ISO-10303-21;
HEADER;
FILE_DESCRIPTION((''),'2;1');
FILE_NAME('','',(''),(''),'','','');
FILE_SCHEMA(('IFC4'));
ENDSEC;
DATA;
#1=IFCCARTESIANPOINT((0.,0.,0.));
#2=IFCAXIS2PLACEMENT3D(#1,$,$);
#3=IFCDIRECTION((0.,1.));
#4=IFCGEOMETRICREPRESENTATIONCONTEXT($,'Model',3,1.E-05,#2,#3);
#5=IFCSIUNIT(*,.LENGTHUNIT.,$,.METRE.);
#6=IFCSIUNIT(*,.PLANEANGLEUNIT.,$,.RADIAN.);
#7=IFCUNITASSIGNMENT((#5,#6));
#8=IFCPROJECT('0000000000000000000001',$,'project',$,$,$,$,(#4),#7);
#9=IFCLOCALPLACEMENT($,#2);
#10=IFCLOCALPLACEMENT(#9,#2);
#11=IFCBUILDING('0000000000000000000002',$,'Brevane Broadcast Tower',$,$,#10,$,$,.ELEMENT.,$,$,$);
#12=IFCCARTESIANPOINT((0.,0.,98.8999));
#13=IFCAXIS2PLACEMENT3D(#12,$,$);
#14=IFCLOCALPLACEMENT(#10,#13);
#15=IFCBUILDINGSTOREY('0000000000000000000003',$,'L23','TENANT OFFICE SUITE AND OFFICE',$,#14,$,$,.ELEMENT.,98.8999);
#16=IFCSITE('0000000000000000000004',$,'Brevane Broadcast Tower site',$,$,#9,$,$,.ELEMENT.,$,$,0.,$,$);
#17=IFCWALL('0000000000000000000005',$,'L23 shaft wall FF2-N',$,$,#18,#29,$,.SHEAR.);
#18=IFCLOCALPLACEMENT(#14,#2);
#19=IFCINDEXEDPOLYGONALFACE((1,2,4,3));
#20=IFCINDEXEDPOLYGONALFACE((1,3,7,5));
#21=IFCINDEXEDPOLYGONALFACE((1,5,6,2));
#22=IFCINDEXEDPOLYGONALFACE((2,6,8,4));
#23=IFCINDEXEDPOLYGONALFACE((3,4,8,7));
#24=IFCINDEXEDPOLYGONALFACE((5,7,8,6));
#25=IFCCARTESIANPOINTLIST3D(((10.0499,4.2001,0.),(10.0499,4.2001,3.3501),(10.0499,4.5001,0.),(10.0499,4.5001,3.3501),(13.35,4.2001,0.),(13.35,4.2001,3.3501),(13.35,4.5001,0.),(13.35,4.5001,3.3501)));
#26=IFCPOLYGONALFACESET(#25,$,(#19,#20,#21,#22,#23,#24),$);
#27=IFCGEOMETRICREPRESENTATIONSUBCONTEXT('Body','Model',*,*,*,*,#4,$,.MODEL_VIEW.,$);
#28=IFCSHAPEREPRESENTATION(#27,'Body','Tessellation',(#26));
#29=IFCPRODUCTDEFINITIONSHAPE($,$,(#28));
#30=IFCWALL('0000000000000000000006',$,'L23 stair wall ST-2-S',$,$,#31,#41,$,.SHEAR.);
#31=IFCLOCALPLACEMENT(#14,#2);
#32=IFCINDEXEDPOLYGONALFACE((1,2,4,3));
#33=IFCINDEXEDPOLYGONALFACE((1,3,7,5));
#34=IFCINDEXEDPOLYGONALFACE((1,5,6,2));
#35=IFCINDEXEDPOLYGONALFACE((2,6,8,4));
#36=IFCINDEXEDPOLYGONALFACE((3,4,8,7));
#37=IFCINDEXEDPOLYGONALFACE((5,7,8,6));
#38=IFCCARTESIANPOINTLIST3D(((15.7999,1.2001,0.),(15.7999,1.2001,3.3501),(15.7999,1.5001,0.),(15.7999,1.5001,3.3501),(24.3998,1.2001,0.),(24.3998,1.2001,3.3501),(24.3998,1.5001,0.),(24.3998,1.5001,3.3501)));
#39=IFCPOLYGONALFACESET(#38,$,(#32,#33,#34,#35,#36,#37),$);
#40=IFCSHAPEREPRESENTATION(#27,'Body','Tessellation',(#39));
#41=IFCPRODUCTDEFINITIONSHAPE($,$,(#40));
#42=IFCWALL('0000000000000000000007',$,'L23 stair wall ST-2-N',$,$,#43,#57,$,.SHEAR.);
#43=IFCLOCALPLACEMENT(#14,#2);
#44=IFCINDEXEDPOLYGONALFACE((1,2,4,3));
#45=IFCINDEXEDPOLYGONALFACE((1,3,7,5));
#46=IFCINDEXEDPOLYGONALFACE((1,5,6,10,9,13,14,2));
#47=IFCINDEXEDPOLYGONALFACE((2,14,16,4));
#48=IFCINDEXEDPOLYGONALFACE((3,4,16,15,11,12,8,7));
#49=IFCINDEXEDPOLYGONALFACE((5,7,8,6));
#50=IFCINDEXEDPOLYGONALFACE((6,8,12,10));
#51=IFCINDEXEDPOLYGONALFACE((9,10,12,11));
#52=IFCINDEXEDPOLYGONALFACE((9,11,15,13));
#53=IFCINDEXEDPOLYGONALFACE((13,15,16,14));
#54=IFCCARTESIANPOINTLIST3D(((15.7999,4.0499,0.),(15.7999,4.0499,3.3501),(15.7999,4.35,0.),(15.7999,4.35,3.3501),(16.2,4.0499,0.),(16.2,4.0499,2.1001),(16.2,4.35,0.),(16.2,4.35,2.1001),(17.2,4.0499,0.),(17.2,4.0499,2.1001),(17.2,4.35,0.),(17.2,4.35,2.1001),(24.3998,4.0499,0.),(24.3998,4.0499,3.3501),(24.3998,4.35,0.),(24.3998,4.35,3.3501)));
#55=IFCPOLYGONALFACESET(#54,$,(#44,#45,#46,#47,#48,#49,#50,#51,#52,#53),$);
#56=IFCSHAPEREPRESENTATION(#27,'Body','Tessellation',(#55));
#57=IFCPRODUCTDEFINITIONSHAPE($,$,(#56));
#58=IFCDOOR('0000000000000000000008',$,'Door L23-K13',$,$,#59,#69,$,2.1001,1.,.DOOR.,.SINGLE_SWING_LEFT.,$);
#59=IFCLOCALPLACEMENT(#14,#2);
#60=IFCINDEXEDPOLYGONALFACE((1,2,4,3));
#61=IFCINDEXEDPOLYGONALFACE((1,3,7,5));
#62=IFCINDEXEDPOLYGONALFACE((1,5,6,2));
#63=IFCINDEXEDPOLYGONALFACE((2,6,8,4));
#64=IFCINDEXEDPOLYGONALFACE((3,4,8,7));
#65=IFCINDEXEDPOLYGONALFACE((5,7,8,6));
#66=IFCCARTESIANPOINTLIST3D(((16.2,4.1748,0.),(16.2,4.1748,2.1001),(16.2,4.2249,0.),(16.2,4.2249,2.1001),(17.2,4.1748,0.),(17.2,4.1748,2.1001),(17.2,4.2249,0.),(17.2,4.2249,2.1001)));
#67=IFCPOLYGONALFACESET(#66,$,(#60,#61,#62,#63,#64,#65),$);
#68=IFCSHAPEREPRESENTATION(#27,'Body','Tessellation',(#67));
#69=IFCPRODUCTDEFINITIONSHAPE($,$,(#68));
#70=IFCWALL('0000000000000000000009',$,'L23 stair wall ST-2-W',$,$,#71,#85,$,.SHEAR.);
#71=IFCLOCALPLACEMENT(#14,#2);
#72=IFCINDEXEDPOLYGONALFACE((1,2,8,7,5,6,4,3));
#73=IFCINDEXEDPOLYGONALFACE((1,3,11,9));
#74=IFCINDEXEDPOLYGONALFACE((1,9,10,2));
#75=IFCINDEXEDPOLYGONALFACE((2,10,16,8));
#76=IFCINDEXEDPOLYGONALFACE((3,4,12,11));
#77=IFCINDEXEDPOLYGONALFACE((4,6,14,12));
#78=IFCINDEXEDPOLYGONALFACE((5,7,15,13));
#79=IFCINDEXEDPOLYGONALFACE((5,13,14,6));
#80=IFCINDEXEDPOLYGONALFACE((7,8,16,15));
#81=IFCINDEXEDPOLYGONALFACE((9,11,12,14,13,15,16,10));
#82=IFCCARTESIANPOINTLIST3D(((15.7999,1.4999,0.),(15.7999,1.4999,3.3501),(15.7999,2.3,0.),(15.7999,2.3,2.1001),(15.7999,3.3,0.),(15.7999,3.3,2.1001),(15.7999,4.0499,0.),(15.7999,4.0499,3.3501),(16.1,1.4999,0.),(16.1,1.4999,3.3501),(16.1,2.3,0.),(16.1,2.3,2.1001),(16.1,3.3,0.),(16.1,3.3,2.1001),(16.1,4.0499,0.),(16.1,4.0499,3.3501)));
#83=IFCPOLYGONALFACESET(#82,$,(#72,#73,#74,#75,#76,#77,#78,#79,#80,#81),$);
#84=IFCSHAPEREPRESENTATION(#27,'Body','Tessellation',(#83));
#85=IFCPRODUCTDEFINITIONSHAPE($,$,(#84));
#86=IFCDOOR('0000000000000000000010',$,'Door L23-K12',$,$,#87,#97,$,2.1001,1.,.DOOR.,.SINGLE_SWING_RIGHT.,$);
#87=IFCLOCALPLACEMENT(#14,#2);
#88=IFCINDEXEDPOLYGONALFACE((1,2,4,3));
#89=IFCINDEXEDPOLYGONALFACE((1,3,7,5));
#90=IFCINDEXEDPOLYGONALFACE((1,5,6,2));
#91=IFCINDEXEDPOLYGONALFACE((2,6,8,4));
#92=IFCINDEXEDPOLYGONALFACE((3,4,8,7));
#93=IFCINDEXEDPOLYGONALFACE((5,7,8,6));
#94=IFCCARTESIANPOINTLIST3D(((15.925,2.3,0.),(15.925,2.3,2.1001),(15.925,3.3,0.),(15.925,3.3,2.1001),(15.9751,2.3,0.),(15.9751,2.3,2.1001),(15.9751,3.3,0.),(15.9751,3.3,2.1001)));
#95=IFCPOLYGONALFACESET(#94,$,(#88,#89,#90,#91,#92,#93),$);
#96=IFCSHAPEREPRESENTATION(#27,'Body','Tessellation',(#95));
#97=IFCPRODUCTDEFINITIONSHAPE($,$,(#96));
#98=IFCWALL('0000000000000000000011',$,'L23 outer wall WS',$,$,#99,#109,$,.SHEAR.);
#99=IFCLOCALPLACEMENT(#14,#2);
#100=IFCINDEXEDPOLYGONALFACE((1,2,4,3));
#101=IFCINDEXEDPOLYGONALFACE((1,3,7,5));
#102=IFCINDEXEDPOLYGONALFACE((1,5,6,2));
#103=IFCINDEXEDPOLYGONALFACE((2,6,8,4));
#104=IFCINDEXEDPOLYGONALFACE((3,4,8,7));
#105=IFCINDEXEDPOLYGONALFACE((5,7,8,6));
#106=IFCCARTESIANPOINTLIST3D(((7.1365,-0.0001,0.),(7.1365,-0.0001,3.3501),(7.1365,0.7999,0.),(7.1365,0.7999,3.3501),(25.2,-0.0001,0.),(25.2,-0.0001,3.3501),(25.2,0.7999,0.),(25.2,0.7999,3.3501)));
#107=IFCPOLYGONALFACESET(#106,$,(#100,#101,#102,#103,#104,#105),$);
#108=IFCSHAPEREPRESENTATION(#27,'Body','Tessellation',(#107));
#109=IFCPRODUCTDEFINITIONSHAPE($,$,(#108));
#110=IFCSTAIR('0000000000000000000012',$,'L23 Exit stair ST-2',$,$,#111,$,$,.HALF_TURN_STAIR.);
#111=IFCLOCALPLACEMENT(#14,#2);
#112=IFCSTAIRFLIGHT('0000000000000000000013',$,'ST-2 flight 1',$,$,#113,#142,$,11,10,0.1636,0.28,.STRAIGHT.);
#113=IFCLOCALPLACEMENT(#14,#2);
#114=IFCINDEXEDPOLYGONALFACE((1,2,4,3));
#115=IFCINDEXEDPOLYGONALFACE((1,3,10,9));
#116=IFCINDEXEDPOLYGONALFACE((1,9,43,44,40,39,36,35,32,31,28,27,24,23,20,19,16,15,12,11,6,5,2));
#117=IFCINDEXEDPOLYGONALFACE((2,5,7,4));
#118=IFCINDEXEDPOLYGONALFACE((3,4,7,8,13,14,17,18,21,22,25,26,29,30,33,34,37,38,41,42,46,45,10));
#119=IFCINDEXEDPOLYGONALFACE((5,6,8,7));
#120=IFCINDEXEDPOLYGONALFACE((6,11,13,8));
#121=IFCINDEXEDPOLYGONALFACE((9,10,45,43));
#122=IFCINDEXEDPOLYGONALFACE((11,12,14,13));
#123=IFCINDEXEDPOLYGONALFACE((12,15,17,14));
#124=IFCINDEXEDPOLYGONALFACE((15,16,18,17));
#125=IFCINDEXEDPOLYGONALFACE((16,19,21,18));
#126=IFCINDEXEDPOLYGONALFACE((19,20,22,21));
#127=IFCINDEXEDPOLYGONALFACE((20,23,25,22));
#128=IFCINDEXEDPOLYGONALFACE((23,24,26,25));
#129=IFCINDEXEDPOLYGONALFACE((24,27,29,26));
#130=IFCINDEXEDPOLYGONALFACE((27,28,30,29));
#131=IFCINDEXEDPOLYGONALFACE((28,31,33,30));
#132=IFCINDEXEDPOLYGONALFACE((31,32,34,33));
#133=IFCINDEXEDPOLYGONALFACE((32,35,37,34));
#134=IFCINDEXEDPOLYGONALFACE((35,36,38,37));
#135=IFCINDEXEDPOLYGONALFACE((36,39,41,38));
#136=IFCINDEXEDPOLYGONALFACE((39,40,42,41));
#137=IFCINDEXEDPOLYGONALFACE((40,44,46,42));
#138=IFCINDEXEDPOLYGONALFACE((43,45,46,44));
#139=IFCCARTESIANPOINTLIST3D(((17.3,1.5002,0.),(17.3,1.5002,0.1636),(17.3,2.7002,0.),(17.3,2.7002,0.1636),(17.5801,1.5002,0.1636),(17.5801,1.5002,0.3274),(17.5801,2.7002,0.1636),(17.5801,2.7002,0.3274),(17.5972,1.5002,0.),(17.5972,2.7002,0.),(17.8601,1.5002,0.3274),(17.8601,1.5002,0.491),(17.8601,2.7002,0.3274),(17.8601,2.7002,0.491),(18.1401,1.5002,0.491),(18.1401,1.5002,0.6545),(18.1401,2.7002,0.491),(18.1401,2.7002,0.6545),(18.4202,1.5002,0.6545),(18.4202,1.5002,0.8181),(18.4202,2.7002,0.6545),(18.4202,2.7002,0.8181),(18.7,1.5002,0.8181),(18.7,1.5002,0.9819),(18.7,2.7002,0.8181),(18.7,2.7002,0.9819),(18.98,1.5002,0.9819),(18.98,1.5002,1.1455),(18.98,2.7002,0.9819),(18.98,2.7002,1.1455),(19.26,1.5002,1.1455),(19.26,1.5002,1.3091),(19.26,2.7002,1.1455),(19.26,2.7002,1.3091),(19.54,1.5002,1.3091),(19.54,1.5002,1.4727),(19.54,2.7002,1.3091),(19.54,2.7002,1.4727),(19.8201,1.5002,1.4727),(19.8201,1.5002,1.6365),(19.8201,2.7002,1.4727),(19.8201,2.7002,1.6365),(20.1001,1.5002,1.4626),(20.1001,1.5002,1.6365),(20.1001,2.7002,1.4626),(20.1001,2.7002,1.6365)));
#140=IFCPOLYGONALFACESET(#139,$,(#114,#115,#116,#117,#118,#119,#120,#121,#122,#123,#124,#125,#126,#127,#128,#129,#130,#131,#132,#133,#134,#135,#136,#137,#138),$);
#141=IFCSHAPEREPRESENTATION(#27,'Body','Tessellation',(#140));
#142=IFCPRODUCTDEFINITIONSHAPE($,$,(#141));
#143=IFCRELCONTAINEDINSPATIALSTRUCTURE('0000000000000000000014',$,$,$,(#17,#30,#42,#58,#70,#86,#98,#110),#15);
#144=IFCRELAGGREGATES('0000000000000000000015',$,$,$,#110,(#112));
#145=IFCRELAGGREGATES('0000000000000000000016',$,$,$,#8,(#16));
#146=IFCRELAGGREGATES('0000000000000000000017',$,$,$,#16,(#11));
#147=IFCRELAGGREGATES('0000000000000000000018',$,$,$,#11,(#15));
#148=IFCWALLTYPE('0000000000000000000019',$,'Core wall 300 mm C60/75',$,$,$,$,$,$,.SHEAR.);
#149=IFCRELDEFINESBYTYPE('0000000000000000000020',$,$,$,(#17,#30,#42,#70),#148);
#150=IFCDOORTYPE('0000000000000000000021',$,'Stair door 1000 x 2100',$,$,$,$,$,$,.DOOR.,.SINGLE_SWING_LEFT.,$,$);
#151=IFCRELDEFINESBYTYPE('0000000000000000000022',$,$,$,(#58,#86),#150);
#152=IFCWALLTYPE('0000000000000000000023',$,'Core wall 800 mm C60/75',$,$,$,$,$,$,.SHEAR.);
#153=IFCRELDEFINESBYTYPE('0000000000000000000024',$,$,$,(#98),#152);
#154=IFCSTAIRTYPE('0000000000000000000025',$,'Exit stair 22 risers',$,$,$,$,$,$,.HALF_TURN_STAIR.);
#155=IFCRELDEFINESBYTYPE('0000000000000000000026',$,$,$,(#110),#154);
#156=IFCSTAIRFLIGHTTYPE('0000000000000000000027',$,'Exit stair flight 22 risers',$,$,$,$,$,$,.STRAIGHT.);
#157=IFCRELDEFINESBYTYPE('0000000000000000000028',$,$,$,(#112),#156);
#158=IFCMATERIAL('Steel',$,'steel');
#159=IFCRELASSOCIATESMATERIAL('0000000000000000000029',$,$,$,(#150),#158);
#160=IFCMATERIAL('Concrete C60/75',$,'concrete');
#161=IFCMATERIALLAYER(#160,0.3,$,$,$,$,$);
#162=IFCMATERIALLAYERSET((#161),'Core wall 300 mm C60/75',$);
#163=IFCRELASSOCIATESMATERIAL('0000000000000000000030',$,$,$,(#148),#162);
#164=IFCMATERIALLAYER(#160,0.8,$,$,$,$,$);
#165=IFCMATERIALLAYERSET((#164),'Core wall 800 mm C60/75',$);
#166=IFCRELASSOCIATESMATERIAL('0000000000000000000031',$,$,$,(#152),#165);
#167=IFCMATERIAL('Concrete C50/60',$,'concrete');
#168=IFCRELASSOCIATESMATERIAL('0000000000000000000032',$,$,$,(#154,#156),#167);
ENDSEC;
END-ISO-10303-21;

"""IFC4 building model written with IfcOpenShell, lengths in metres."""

from ifc_helpers import new_model, si_unit, direction, frame, frame_2d, origin, place, context, subcontext, project, spatial, polyline, rectangle, outline, extrude, material, layer, layer_set, type_object, element, fill, aggregate, save


model = new_model("IFC4")

# Units and contexts
model_context = context("Model", 3, precision=1e-05, world=origin(), true_north=direction((0.0, 1.0)))
body_context = subcontext(model_context, "Body", "Model", "MODEL_VIEW")
ifc_project = project(units=[si_unit("LENGTHUNIT", "METRE"), si_unit("PLANEANGLEUNIT", "RADIAN")], contexts=[model_context])

# Site, building, storey
site_placement = place(None, origin())
site = spatial("IfcSite", under=ifc_project, at=site_placement, Name="Brevane Broadcast Tower site", CompositionType="ELEMENT", RefElevation=0.0)
building_placement = place(site_placement, origin())
building = spatial("IfcBuilding", under=site, at=building_placement, Name="Brevane Broadcast Tower", CompositionType="ELEMENT")
storey_placement = place(building_placement, frame((0.0, 0.0, 98.8999)))
storey = spatial("IfcBuildingStorey", under=building, at=storey_placement, Name="L23", Description="TENANT OFFICE SUITE AND OFFICE", CompositionType="ELEMENT", Elevation=98.8999)

# Shared definitions
ifc_material_1 = material(Name="Steel", Category="steel")
door_type_1 = type_object("IfcDoorType", Name="Stair door 1000 x 2100", OperationType="SINGLE_SWING_LEFT", PredefinedType="DOOR", material=ifc_material_1)

# Shared definitions
ifc_material_2 = material(Name="Concrete C60/75", Category="concrete")
ifc_layer_1 = layer(ifc_material_2, 0.3)
ifc_layer_set_1 = layer_set([ifc_layer_1], Name="Core wall 300 mm C60/75")
wall_type_1 = type_object("IfcWallType", Name="Core wall 300 mm C60/75", PredefinedType="SHEAR", material=ifc_layer_set_1)

# Walls
wall_1_placement = place(storey_placement, frame((10.05, 4.3501, 0.0), z_axis=(0.0, 0.0, 1.0), x_axis=(1.0, 0.0, 0.0)))
element("IfcWall", 1, at=wall_1_placement, inside=storey, type_object=wall_type_1, Name="L23 shaft wall FF2-N", PredefinedType="SHEAR", context=body_context, shape_type="SweptSolid", body=[
    extrude(rectangle(XDim=3.3, YDim=0.3, at=frame_2d((1.6499, 0.0))), origin(), (0.0, 0.0, 1.0), 3.3501),
])
wall_2_placement = place(storey_placement, frame((15.8, 1.3501, 0.0), z_axis=(0.0, 0.0, 1.0), x_axis=(1.0, 0.0, 0.0)))
element("IfcWall", 2, at=wall_2_placement, inside=storey, type_object=wall_type_1, Name="L23 stair wall ST-2-S", PredefinedType="SHEAR", context=body_context, shape_type="SweptSolid", body=[
    extrude(rectangle(XDim=8.5999, YDim=0.3, at=frame_2d((4.2998, 0.0))), origin(), (0.0, 0.0, 1.0), 3.3501),
])

# Walls, openings, doors
wall_3_placement = place(storey_placement, frame((15.8, 4.2, 0.0), z_axis=(0.0, 0.0, 1.0), x_axis=(1.0, 0.0, 0.0)))
wall_3 = element("IfcWall", 3, at=wall_3_placement, inside=storey, type_object=wall_type_1, Name="L23 stair wall ST-2-N", PredefinedType="SHEAR", context=body_context, shape_type="SweptSolid", body=[
    extrude(rectangle(XDim=8.5999, YDim=0.3, at=frame_2d((4.2998, 0.0))), origin(), (0.0, 0.0, 1.0), 3.3501),
])
opening_1_placement = place(wall_3_placement, frame((0.3999, 0.0, 0.0)))
opening_1 = element("IfcOpeningElement", 4, at=opening_1_placement, cuts=wall_3, PredefinedType="OPENING", context=body_context, shape_type="SweptSolid", body=[
    extrude(rectangle(XDim=1.0, YDim=2.1001, at=frame_2d((0.5, 1.05))), frame((0.0, 0.1599, 0.0), z_axis=(0.0, -1.0, 0.0), x_axis=(1.0, 0.0, 0.0)), (0.0, 0.0, 1.0), 0.3201),
])
door_1_placement = place(opening_1_placement, origin())
door_1 = element("IfcDoor", 5, at=door_1_placement, inside=storey, type_object=door_type_1, Name="Door L23-K13", OperationType="SINGLE_SWING_LEFT", OverallHeight=2.1001, OverallWidth=1.0, PredefinedType="DOOR", context=body_context, shape_type="SweptSolid", body=[
    extrude(rectangle(XDim=1.0, YDim=2.1001, at=frame_2d((0.5, 1.05))), frame((0.0, 0.0249, 0.0), z_axis=(0.0, -1.0, 0.0), x_axis=(1.0, 0.0, 0.0)), (0.0, 0.0, 1.0), 0.05),
])
fill(opening_1, door_1)
wall_4_placement = place(storey_placement, frame((15.95, 1.5, 0.0), z_axis=(0.0, 0.0, 1.0), x_axis=(0.0, 1.0, 0.0)))
wall_4 = element("IfcWall", 6, at=wall_4_placement, inside=storey, type_object=wall_type_1, Name="L23 stair wall ST-2-W", PredefinedType="SHEAR", context=body_context, shape_type="SweptSolid", body=[
    extrude(rectangle(XDim=2.55, YDim=0.3, at=frame_2d((1.2749, 0.0))), origin(), (0.0, 0.0, 1.0), 3.3501),
])
opening_2_placement = place(wall_4_placement, frame((0.8, 0.0, 0.0)))
opening_2 = element("IfcOpeningElement", 7, at=opening_2_placement, cuts=wall_4, PredefinedType="OPENING", context=body_context, shape_type="SweptSolid", body=[
    extrude(rectangle(XDim=1.0, YDim=2.1001, at=frame_2d((0.5, 1.05))), frame((0.0, 0.1599, 0.0), z_axis=(0.0, -1.0, 0.0), x_axis=(1.0, 0.0, 0.0)), (0.0, 0.0, 1.0), 0.3201),
])
door_2_placement = place(opening_2_placement, origin())
door_2 = element("IfcDoor", 8, at=door_2_placement, inside=storey, type_object=door_type_1, Name="Door L23-K12", OperationType="SINGLE_SWING_RIGHT", OverallHeight=2.1001, OverallWidth=1.0, PredefinedType="DOOR", context=body_context, shape_type="SweptSolid", body=[
    extrude(rectangle(XDim=1.0, YDim=2.1001, at=frame_2d((0.5, 1.05))), frame((0.0, 0.0249, 0.0), z_axis=(0.0, -1.0, 0.0), x_axis=(1.0, 0.0, 0.0)), (0.0, 0.0, 1.0), 0.05),
])
fill(opening_2, door_2)

# Wall
ifc_layer_2 = layer(ifc_material_2, 0.8)
ifc_layer_set_2 = layer_set([ifc_layer_2], Name="Core wall 800 mm C60/75")
wall_type_2 = type_object("IfcWallType", Name="Core wall 800 mm C60/75", PredefinedType="SHEAR", material=ifc_layer_set_2)
wall_5_placement = place(storey_placement, frame((7.1365, 0.3999, 0.0), z_axis=(0.0, 0.0, 1.0), x_axis=(1.0, 0.0, 0.0)))
element("IfcWall", 9, at=wall_5_placement, inside=storey, type_object=wall_type_2, Name="L23 outer wall WS", PredefinedType="SHEAR", context=body_context, shape_type="SweptSolid", body=[
    extrude(rectangle(XDim=18.0635, YDim=0.8, at=frame_2d((9.0317, 0.0))), origin(), (0.0, 0.0, 1.0), 3.3501),
])

# Stair, stair flight
ifc_material_3 = material(Name="Concrete C50/60", Category="concrete")
stair_type = type_object("IfcStairType", Name="Exit stair 22 risers", PredefinedType="HALF_TURN_STAIR", material=ifc_material_3)
stair_placement = place(storey_placement, origin())
stair = element("IfcStair", 10, at=stair_placement, inside=storey, type_object=stair_type, Name="L23 Exit stair ST-2", PredefinedType="HALF_TURN_STAIR")
stair_flight_type = type_object("IfcStairFlightType", Name="Exit stair flight 22 risers", PredefinedType="STRAIGHT", material=ifc_material_3)
stair_flight_placement = place(storey_placement, frame((17.3, 2.1001, 0.0), z_axis=(0.0, 0.0, 1.0), x_axis=(1.0, 0.0, 0.0)))
stair_flight = element("IfcStairFlight", 11, at=stair_flight_placement, type_object=stair_flight_type, Name="ST-2 flight 1", NumberOfRisers=11, NumberOfTreads=10, PredefinedType="STRAIGHT", RiserHeight=0.1636, TreadLength=0.28, context=body_context, shape_type="SweptSolid", body=[
    extrude(outline(polyline([(0.0, 0.0), (0.0, 0.1636), (0.28, 0.1636), (0.28, 0.3274), (0.5601, 0.3274), (0.5601, 0.491), (0.8401, 0.491), (0.8401, 0.6545), (1.1201, 0.6545), (1.1201, 0.8181), (1.3999, 0.8181), (1.3999, 0.9819), (1.6799, 0.9819), (1.6799, 1.1455), (1.96, 1.1455), (1.96, 1.3091), (2.24, 1.3091), (2.24, 1.4727), (2.52, 1.4727), (2.52, 1.6365), (2.8, 1.6365), (2.8, 1.8), (2.8, 1.4626), (0.2971, 0.0), (0.0, 0.0)])), frame((0.0, 0.6001, 0.0), z_axis=(0.0, -1.0, 0.0), x_axis=(1.0, 0.0, 0.0)), (0.0, 0.0, 1.0), 1.2),
])
aggregate(stair, [stair_flight])

save(model, "model.ifc")
